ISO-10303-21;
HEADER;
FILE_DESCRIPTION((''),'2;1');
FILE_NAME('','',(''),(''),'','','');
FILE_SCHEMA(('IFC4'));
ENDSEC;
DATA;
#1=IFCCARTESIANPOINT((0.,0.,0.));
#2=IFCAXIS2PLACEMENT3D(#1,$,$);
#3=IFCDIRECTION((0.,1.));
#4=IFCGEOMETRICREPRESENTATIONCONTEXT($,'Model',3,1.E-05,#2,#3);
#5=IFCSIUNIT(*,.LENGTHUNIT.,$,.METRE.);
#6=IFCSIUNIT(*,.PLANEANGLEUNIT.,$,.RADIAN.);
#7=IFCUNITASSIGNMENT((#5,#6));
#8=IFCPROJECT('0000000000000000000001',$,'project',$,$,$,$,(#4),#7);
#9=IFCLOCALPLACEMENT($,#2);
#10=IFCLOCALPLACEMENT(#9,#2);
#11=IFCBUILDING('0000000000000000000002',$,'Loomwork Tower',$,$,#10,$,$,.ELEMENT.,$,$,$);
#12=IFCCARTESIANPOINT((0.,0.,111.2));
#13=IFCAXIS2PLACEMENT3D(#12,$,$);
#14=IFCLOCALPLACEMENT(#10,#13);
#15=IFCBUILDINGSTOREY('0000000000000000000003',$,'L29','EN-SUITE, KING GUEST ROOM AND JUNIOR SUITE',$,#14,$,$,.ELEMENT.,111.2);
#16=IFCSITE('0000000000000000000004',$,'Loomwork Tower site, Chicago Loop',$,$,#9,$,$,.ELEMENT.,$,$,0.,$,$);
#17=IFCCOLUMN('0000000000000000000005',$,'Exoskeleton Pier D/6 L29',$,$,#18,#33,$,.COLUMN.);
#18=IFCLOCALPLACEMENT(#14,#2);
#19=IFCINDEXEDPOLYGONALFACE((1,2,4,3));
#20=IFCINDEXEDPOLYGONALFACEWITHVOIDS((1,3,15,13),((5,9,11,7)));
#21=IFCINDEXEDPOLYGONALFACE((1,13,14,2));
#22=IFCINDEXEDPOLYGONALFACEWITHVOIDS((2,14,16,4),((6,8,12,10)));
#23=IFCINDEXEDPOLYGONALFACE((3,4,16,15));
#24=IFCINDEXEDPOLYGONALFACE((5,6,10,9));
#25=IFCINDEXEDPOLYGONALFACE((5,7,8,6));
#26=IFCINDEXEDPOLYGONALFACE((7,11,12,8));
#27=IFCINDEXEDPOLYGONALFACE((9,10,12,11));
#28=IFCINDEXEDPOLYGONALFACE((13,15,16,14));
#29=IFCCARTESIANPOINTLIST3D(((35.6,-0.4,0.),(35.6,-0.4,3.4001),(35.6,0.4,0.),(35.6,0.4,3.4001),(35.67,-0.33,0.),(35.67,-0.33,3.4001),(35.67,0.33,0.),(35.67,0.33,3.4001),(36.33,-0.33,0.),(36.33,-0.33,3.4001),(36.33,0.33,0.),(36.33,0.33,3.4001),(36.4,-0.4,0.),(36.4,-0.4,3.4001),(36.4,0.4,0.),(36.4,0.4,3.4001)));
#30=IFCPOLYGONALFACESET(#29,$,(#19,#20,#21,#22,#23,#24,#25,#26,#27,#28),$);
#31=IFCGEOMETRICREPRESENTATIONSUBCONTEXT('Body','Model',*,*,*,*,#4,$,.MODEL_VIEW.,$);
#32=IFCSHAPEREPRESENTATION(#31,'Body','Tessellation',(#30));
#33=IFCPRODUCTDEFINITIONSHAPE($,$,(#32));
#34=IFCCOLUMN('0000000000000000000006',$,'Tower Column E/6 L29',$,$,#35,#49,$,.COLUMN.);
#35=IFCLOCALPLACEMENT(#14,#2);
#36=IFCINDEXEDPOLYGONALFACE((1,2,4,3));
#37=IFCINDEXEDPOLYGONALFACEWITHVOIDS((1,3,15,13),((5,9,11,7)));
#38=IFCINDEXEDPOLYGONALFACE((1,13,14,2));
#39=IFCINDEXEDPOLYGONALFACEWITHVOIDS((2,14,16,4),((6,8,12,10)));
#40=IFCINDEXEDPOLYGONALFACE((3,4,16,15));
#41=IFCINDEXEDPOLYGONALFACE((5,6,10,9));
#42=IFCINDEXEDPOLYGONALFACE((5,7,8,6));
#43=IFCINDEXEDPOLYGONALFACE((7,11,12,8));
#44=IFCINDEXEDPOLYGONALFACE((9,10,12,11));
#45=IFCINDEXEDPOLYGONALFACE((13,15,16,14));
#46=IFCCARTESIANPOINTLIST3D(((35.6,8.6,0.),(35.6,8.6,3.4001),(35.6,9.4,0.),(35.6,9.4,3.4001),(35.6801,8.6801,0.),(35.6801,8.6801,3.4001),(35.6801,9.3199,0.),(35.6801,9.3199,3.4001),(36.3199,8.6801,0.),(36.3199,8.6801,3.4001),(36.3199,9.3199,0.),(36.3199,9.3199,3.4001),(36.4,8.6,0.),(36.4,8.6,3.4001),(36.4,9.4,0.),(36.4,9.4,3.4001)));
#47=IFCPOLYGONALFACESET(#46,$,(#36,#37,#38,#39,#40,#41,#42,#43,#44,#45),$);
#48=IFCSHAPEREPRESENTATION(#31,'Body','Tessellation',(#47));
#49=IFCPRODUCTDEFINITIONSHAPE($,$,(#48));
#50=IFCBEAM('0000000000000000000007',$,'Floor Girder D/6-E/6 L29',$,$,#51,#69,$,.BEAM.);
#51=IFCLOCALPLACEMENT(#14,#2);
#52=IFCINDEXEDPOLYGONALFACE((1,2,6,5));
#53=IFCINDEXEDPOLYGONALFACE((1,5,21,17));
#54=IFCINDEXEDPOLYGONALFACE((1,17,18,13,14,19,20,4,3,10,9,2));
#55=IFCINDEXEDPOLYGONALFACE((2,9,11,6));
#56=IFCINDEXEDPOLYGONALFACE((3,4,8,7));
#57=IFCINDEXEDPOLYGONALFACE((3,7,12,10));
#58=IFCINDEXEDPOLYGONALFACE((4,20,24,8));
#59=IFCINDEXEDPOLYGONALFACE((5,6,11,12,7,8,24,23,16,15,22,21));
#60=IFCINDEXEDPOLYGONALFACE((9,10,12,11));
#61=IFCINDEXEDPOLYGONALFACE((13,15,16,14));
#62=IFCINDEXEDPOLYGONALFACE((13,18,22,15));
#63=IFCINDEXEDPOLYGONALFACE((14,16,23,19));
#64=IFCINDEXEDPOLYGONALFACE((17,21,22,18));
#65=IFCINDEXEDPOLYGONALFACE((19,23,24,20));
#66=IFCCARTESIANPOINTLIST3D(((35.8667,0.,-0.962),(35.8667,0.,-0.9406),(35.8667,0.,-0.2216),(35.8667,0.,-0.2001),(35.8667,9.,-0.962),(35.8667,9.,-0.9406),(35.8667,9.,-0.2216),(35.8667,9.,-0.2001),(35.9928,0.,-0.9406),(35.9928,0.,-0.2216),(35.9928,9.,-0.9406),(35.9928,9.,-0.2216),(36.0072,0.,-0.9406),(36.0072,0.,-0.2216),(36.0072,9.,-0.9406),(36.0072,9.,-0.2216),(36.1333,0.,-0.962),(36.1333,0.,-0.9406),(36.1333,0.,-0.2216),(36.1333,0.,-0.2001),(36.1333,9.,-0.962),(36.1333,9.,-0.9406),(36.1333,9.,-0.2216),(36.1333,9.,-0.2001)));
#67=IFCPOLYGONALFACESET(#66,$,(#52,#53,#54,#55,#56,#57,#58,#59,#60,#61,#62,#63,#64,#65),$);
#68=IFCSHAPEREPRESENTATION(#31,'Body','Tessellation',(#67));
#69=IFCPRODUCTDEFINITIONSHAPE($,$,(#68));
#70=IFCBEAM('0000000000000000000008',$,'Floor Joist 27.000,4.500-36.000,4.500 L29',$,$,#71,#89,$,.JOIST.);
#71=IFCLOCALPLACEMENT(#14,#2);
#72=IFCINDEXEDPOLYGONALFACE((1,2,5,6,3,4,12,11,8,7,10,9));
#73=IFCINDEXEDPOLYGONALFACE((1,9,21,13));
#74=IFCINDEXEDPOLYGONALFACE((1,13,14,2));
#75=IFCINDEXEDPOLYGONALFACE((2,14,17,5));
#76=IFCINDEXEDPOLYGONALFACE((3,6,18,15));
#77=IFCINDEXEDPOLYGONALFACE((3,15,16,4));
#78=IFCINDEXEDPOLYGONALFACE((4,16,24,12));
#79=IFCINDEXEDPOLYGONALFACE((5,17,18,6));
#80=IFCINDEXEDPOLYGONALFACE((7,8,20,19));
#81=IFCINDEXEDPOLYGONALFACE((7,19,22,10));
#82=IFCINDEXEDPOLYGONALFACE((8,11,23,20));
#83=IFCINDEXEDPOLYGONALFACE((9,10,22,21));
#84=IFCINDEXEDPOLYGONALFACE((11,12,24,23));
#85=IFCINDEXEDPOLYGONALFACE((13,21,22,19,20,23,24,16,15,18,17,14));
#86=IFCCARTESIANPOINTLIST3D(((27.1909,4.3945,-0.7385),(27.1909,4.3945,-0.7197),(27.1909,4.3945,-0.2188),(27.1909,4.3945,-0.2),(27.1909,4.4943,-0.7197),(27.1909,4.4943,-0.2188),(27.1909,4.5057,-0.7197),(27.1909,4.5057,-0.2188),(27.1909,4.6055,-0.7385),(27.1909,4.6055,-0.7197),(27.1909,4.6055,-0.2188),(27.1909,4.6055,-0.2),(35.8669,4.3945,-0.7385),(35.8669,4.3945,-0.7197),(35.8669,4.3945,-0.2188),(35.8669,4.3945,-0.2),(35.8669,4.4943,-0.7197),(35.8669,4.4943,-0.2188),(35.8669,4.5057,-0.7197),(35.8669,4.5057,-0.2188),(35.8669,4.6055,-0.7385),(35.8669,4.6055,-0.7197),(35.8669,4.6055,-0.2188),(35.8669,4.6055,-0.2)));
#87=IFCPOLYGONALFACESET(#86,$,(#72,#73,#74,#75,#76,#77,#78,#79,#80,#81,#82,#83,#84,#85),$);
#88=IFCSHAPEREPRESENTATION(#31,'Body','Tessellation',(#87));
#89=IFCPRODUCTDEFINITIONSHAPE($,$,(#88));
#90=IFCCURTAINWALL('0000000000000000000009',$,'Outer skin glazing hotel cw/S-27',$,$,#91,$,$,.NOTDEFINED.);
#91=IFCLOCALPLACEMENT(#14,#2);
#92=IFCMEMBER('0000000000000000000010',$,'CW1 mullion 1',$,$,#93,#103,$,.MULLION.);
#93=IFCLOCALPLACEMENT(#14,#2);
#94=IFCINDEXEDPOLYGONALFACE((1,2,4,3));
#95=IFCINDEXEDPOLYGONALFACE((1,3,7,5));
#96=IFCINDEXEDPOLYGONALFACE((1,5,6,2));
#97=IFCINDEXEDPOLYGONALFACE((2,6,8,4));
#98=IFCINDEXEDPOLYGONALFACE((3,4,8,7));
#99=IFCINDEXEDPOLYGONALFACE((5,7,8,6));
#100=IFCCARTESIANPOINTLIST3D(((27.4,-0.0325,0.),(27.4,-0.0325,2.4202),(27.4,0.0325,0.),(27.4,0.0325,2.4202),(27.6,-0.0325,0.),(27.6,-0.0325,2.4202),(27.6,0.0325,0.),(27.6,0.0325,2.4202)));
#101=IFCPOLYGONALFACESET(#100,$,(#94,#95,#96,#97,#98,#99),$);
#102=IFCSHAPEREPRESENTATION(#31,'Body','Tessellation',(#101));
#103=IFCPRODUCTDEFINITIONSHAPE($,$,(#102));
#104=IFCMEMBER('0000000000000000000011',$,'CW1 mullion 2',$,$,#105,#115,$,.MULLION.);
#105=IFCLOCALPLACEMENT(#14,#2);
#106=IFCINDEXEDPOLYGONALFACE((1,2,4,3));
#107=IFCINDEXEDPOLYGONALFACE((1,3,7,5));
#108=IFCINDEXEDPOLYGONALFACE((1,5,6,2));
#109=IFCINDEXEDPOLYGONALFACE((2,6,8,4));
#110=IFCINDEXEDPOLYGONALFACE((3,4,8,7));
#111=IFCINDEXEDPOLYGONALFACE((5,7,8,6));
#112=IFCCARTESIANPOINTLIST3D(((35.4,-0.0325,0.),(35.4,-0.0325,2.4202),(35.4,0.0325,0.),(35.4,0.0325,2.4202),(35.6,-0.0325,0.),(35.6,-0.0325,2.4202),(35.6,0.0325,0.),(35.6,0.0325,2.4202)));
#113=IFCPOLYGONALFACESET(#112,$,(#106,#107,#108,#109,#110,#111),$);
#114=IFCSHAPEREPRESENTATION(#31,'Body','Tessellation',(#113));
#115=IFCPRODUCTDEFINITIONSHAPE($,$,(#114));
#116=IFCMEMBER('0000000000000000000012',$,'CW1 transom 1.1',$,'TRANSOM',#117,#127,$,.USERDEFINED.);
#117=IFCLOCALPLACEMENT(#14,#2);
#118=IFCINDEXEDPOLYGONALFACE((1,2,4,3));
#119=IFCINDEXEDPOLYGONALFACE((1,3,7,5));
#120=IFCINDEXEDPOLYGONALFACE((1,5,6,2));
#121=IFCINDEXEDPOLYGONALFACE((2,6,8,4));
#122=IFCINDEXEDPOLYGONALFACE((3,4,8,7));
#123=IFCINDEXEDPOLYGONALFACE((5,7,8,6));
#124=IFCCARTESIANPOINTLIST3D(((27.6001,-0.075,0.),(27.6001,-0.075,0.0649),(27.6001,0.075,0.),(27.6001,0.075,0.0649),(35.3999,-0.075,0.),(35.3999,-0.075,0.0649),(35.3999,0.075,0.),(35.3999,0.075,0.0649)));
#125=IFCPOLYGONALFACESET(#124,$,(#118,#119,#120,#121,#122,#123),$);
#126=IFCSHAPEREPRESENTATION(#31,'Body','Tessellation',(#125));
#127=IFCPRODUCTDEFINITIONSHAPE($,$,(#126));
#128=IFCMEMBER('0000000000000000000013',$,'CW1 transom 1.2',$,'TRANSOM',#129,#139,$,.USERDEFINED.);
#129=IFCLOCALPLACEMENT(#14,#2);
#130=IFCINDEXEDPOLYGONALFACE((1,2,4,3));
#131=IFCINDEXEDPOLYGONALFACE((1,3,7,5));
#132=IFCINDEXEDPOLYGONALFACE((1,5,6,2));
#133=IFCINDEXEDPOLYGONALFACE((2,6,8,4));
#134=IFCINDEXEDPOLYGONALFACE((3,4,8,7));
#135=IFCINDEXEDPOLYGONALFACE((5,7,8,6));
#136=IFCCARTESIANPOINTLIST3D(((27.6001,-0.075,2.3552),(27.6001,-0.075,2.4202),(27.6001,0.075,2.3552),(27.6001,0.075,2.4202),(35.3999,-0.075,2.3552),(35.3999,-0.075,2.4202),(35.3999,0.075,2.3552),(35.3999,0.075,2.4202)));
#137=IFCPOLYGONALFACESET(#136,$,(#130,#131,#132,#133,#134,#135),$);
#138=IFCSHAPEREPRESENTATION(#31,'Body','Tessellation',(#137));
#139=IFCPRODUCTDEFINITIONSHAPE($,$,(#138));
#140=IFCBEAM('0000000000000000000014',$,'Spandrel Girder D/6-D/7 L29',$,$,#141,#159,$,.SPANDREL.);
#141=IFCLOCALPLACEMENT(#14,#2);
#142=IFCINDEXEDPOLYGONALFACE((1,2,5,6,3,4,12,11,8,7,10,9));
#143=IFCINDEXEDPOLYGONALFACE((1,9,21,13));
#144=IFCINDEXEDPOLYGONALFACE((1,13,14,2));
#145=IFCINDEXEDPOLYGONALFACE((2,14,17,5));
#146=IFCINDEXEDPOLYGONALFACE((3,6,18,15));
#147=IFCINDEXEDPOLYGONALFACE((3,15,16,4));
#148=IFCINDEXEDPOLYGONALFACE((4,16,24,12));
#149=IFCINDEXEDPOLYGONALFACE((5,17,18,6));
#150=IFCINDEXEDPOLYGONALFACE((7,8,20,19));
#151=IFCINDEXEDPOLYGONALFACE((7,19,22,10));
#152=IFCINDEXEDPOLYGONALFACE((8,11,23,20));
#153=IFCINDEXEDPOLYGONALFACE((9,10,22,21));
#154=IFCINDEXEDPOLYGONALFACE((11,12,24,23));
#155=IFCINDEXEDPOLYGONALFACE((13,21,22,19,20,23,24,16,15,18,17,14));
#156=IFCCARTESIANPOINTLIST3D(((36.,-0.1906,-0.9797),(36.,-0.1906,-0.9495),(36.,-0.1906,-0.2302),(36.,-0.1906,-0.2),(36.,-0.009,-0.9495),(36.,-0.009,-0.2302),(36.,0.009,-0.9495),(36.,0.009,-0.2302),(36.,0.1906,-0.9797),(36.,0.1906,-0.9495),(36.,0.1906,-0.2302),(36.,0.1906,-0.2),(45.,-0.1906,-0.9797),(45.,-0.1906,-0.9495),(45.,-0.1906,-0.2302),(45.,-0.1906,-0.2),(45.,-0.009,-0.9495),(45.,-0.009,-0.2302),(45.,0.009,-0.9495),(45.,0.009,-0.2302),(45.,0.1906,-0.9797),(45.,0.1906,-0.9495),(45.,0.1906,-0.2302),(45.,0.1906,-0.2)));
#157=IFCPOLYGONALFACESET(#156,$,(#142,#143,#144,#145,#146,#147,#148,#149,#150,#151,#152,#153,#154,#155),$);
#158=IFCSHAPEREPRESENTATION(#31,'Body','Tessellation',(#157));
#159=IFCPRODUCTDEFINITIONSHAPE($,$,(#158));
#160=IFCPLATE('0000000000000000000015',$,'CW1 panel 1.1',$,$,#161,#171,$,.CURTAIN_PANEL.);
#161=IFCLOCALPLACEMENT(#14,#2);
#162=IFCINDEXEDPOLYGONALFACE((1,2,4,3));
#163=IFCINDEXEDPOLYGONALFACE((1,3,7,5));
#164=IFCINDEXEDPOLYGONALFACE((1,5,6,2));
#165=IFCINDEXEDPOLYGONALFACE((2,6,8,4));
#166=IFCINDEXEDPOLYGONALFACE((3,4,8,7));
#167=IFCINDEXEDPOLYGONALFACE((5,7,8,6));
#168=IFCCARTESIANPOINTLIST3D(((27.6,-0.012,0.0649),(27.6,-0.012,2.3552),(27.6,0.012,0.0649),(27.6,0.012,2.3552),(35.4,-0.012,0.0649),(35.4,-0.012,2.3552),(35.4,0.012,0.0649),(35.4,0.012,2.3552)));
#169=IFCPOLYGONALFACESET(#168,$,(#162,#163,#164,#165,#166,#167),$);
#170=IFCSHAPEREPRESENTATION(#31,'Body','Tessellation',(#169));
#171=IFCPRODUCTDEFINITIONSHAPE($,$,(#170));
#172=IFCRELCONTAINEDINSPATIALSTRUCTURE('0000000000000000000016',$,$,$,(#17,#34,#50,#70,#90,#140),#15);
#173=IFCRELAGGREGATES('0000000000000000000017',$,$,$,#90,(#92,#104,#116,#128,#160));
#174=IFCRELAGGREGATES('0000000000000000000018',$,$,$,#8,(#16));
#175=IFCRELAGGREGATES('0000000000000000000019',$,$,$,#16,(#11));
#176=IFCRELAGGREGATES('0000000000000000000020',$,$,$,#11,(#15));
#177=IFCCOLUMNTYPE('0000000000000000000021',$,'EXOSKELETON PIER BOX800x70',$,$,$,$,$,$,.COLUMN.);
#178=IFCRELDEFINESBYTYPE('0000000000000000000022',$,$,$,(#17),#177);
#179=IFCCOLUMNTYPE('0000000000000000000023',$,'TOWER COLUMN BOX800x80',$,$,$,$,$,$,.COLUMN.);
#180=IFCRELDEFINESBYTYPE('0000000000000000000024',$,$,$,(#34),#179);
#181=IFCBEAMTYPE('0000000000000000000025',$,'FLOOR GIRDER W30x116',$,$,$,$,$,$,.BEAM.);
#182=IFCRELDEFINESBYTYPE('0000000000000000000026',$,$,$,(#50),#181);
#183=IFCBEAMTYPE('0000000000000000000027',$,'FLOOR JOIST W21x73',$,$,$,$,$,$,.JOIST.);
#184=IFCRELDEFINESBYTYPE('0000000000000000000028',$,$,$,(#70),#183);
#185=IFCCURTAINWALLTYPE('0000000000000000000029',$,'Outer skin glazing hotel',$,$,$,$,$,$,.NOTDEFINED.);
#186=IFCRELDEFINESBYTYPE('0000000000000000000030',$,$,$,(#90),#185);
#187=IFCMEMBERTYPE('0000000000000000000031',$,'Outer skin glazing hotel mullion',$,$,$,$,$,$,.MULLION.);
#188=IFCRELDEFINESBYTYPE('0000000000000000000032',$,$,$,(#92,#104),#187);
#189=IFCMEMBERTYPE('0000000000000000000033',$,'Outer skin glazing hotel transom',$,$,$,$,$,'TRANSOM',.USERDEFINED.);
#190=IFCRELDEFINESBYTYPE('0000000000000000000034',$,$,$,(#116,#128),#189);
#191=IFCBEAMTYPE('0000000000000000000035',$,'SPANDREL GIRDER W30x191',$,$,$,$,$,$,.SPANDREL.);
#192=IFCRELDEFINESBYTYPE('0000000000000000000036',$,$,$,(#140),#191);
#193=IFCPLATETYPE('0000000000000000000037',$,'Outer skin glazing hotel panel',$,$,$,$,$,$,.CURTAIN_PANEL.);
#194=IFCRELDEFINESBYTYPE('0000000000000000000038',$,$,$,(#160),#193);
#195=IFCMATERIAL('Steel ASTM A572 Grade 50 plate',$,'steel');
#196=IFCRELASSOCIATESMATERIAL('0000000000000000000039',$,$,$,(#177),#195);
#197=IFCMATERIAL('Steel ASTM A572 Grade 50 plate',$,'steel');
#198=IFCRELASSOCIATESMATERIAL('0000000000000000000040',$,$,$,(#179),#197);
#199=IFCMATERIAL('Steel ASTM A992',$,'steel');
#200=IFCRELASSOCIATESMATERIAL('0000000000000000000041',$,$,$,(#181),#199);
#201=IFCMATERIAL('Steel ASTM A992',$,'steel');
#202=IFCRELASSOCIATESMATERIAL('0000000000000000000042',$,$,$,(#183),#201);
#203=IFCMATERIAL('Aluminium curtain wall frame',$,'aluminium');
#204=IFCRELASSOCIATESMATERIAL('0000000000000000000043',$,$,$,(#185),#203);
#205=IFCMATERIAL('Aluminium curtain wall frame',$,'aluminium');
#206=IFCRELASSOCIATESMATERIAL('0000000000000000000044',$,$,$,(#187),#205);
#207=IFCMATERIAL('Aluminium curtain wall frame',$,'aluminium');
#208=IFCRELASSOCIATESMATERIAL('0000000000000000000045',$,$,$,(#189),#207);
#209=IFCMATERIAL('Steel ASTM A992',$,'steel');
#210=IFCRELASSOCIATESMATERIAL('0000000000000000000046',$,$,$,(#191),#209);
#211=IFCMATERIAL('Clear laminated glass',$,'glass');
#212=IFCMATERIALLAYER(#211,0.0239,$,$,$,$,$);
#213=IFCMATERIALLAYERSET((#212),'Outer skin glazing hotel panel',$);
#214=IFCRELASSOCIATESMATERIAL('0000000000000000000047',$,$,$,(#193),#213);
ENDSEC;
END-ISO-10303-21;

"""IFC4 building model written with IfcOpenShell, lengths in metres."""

from ifc_helpers import new_model, si_unit, direction, frame, origin, origin_2d, place, context, subcontext, project, spatial, rectangle, hollow_rectangle, i_section, extrude, material, layer, layer_set, material_profile, profile_set, type_object, element, aggregate, save


model = new_model("IFC4")

# Units and contexts
model_context = context("Model", 3, precision=1e-05, world=origin(), true_north=direction((0.0, 1.0)))
body_context = subcontext(model_context, "Body", "Model", "MODEL_VIEW")
ifc_project = project(units=[si_unit("LENGTHUNIT", "METRE"), si_unit("PLANEANGLEUNIT", "RADIAN")], contexts=[model_context])

# Site, building, storey
site_placement = place(None, origin())
site = spatial("IfcSite", under=ifc_project, at=site_placement, Name="Loomwork Tower site, Chicago Loop", CompositionType="ELEMENT", RefElevation=0.0)
building_placement = place(site_placement, origin())
building = spatial("IfcBuilding", under=site, at=building_placement, Name="Loomwork Tower", CompositionType="ELEMENT")
storey_placement = place(building_placement, frame((0.0, 0.0, 111.2)))
storey = spatial("IfcBuildingStorey", under=building, at=storey_placement, Name="L29", Description="EN-SUITE, KING GUEST ROOM AND JUNIOR SUITE", CompositionType="ELEMENT", Elevation=111.2)

# Columns
ifc_material_1 = material(Name="Steel ASTM A572 Grade 50 plate", Category="steel")
ifc_material_profile_1 = material_profile(ifc_material_1, hollow_rectangle(XDim=0.8, YDim=0.8, WallThickness=0.0701, at=origin_2d()), Name="BOX800x70")
ifc_profile_set_1 = profile_set([ifc_material_profile_1], Name="Steel ASTM A572 Grade 50 plate")
column_type_1 = type_object("IfcColumnType", Name="EXOSKELETON PIER BOX800x70", PredefinedType="COLUMN", material=ifc_profile_set_1)
column_1_placement = place(storey_placement, frame((36.0, 0.0, 0.0), z_axis=(0.0, 0.0, 1.0), x_axis=(1.0, 0.0, 0.0)))
element("IfcColumn", 1, at=column_1_placement, inside=storey, type_object=column_type_1, Name="Exoskeleton Pier D/6 L29", PredefinedType="COLUMN", context=body_context, shape_type="SweptSolid", body=[
    extrude(hollow_rectangle(XDim=0.8, YDim=0.8, WallThickness=0.0701, at=origin_2d()), origin(), (0.0, 0.0, 1.0), 3.4001),
])
ifc_material_2 = material(Name="Steel ASTM A572 Grade 50 plate", Category="steel")
ifc_material_profile_2 = material_profile(ifc_material_2, hollow_rectangle(XDim=0.8, YDim=0.8, WallThickness=0.0801, at=origin_2d()), Name="BOX800x80")
ifc_profile_set_2 = profile_set([ifc_material_profile_2], Name="Steel ASTM A572 Grade 50 plate")
column_type_2 = type_object("IfcColumnType", Name="TOWER COLUMN BOX800x80", PredefinedType="COLUMN", material=ifc_profile_set_2)
column_2_placement = place(storey_placement, frame((36.0, 9.0, 0.0), z_axis=(0.0, 0.0, 1.0), x_axis=(0.0, 1.0, 0.0)))
element("IfcColumn", 2, at=column_2_placement, inside=storey, type_object=column_type_2, Name="Tower Column E/6 L29", PredefinedType="COLUMN", context=body_context, shape_type="SweptSolid", body=[
    extrude(hollow_rectangle(XDim=0.8, YDim=0.8, WallThickness=0.0801, at=origin_2d()), origin(), (0.0, 0.0, 1.0), 3.4001),
])

# Beams
ifc_material_3 = material(Name="Steel ASTM A992", Category="steel")
ifc_material_profile_3 = material_profile(ifc_material_3, i_section(OverallWidth=0.2666, OverallDepth=0.762, WebThickness=0.0144, FlangeThickness=0.0215, at=origin_2d()), Name="W30x116")
ifc_profile_set_3 = profile_set([ifc_material_profile_3], Name="Steel ASTM A992")
beam_type_1 = type_object("IfcBeamType", Name="FLOOR GIRDER W30x116", PredefinedType="BEAM", material=ifc_profile_set_3)
beam_1_placement = place(storey_placement, frame((36.0, 0.0, -0.5811), z_axis=(0.0, 1.0, 0.0), x_axis=(-1.0, 0.0, 0.0)))
element("IfcBeam", 3, at=beam_1_placement, inside=storey, type_object=beam_type_1, Name="Floor Girder D/6-E/6 L29", PredefinedType="BEAM", context=body_context, shape_type="SweptSolid", body=[
    extrude(i_section(OverallWidth=0.2666, OverallDepth=0.762, WebThickness=0.0144, FlangeThickness=0.0215, at=origin_2d()), origin(), (0.0, 0.0, 1.0), 9.0),
])
ifc_material_4 = material(Name="Steel ASTM A992", Category="steel")
ifc_material_profile_4 = material_profile(ifc_material_4, i_section(OverallWidth=0.2109, OverallDepth=0.5386, WebThickness=0.0115, FlangeThickness=0.0188, at=origin_2d()), Name="W21x73")
ifc_profile_set_4 = profile_set([ifc_material_profile_4], Name="Steel ASTM A992")
beam_type_2 = type_object("IfcBeamType", Name="FLOOR JOIST W21x73", PredefinedType="JOIST", material=ifc_profile_set_4)
beam_2_placement = place(storey_placement, frame((27.1909, 4.5, -0.4692), z_axis=(1.0, 0.0, 0.0), x_axis=(0.0, 1.0, 0.0)))
element("IfcBeam", 4, at=beam_2_placement, inside=storey, type_object=beam_type_2, Name="Floor Joist 27.000,4.500-36.000,4.500 L29", PredefinedType="JOIST", context=body_context, shape_type="SweptSolid", body=[
    extrude(i_section(OverallWidth=0.2109, OverallDepth=0.5386, WebThickness=0.0115, FlangeThickness=0.0188, at=origin_2d()), origin(), (0.0, 0.0, 1.0), 8.676),
])

# Curtain wall, members
ifc_material_5 = material(Name="Aluminium curtain wall frame", Category="aluminium")
curtain_wall_type = type_object("IfcCurtainWallType", Name="Outer skin glazing hotel", PredefinedType="NOTDEFINED", material=ifc_material_5)
curtain_wall_placement = place(storey_placement, origin())
curtain_wall = element("IfcCurtainWall", 5, at=curtain_wall_placement, inside=storey, type_object=curtain_wall_type, Name="Outer skin glazing hotel cw/S-27", PredefinedType="NOTDEFINED")
ifc_material_6 = material(Name="Aluminium curtain wall frame", Category="aluminium")
ifc_material_profile_5 = material_profile(ifc_material_6, rectangle(XDim=0.0649, YDim=0.2, at=origin_2d()), Name="AL 65x200")
ifc_profile_set_5 = profile_set([ifc_material_profile_5], Name="Aluminium curtain wall frame")
member_type_1 = type_object("IfcMemberType", Name="Outer skin glazing hotel mullion", PredefinedType="MULLION", material=ifc_profile_set_5)
member_1_placement = place(storey_placement, frame((27.5, 0.0, 0.0), z_axis=(0.0, 0.0, 1.0), x_axis=(0.0, 1.0, 0.0)))
member_1 = element("IfcMember", 6, at=member_1_placement, type_object=member_type_1, Name="CW1 mullion 1", PredefinedType="MULLION", context=body_context, shape_type="SweptSolid", body=[
    extrude(rectangle(XDim=0.0649, YDim=0.2, at=origin_2d()), origin(), (0.0, 0.0, 1.0), 2.4202),
])
member_2_placement = place(storey_placement, frame((35.5, 0.0, 0.0), z_axis=(0.0, 0.0, 1.0), x_axis=(0.0, 1.0, 0.0)))
member_2 = element("IfcMember", 7, at=member_2_placement, type_object=member_type_1, Name="CW1 mullion 2", PredefinedType="MULLION", context=body_context, shape_type="SweptSolid", body=[
    extrude(rectangle(XDim=0.0649, YDim=0.2, at=origin_2d()), origin(), (0.0, 0.0, 1.0), 2.4202),
])
ifc_material_7 = material(Name="Aluminium curtain wall frame", Category="aluminium")
ifc_material_profile_6 = material_profile(ifc_material_7, rectangle(XDim=0.1499, YDim=0.0649, at=origin_2d()), Name="AL 65x150")
ifc_profile_set_6 = profile_set([ifc_material_profile_6], Name="Aluminium curtain wall frame")
member_type_2 = type_object("IfcMemberType", Name="Outer skin glazing hotel transom", ElementType="TRANSOM", PredefinedType="USERDEFINED", material=ifc_profile_set_6)
member_3_placement = place(storey_placement, frame((27.6001, 0.0, 0.0325), z_axis=(1.0, 0.0, 0.0), x_axis=(0.0, 1.0, 0.0)))
member_3 = element("IfcMember", 8, at=member_3_placement, type_object=member_type_2, Name="CW1 transom 1.1", ObjectType="TRANSOM", PredefinedType="USERDEFINED", context=body_context, shape_type="SweptSolid", body=[
    extrude(rectangle(XDim=0.1499, YDim=0.0649, at=origin_2d()), origin(), (0.0, 0.0, 1.0), 7.7998),
])
member_4_placement = place(storey_placement, frame((27.6001, 0.0, 2.3877), z_axis=(1.0, 0.0, 0.0), x_axis=(0.0, 1.0, 0.0)))
member_4 = element("IfcMember", 9, at=member_4_placement, type_object=member_type_2, Name="CW1 transom 1.2", ObjectType="TRANSOM", PredefinedType="USERDEFINED", context=body_context, shape_type="SweptSolid", body=[
    extrude(rectangle(XDim=0.1499, YDim=0.0649, at=origin_2d()), origin(), (0.0, 0.0, 1.0), 7.7998),
])

# Beam
ifc_material_8 = material(Name="Steel ASTM A992", Category="steel")
ifc_material_profile_7 = material_profile(ifc_material_8, i_section(OverallWidth=0.3811, OverallDepth=0.7798, WebThickness=0.0181, FlangeThickness=0.0303, at=origin_2d()), Name="W30x191")
ifc_profile_set_7 = profile_set([ifc_material_profile_7], Name="Steel ASTM A992")
beam_type_3 = type_object("IfcBeamType", Name="SPANDREL GIRDER W30x191", PredefinedType="SPANDREL", material=ifc_profile_set_7)
beam_3_placement = place(storey_placement, frame((36.0, 0.0, -0.5898), z_axis=(1.0, 0.0, 0.0), x_axis=(0.0, 1.0, 0.0)))
element("IfcBeam", 10, at=beam_3_placement, inside=storey, type_object=beam_type_3, Name="Spandrel Girder D/6-D/7 L29", PredefinedType="SPANDREL", context=body_context, shape_type="SweptSolid", body=[
    extrude(i_section(OverallWidth=0.3811, OverallDepth=0.7798, WebThickness=0.0181, FlangeThickness=0.0303, at=origin_2d()), origin(), (0.0, 0.0, 1.0), 9.0),
])

# Plate
ifc_material_9 = material(Name="Clear laminated glass", Category="glass")
ifc_layer_1 = layer(ifc_material_9, 0.0239)
ifc_layer_set_1 = layer_set([ifc_layer_1], Name="Outer skin glazing hotel panel")
plate_type = type_object("IfcPlateType", Name="Outer skin glazing hotel panel", PredefinedType="CURTAIN_PANEL", material=ifc_layer_set_1)
plate_placement = place(storey_placement, frame((31.5, 0.0, 0.0649), z_axis=(0.0, 0.0, 1.0), x_axis=(1.0, 0.0, 0.0)))
plate = element("IfcPlate", 11, at=plate_placement, type_object=plate_type, Name="CW1 panel 1.1", PredefinedType="CURTAIN_PANEL", context=body_context, shape_type="SweptSolid", body=[
    extrude(rectangle(XDim=7.8, YDim=0.0239, at=origin_2d()), origin(), (0.0, 0.0, 1.0), 2.2903),
])
aggregate(curtain_wall, [member_1, member_2, member_3, member_4, plate])

save(model, "model.ifc")
